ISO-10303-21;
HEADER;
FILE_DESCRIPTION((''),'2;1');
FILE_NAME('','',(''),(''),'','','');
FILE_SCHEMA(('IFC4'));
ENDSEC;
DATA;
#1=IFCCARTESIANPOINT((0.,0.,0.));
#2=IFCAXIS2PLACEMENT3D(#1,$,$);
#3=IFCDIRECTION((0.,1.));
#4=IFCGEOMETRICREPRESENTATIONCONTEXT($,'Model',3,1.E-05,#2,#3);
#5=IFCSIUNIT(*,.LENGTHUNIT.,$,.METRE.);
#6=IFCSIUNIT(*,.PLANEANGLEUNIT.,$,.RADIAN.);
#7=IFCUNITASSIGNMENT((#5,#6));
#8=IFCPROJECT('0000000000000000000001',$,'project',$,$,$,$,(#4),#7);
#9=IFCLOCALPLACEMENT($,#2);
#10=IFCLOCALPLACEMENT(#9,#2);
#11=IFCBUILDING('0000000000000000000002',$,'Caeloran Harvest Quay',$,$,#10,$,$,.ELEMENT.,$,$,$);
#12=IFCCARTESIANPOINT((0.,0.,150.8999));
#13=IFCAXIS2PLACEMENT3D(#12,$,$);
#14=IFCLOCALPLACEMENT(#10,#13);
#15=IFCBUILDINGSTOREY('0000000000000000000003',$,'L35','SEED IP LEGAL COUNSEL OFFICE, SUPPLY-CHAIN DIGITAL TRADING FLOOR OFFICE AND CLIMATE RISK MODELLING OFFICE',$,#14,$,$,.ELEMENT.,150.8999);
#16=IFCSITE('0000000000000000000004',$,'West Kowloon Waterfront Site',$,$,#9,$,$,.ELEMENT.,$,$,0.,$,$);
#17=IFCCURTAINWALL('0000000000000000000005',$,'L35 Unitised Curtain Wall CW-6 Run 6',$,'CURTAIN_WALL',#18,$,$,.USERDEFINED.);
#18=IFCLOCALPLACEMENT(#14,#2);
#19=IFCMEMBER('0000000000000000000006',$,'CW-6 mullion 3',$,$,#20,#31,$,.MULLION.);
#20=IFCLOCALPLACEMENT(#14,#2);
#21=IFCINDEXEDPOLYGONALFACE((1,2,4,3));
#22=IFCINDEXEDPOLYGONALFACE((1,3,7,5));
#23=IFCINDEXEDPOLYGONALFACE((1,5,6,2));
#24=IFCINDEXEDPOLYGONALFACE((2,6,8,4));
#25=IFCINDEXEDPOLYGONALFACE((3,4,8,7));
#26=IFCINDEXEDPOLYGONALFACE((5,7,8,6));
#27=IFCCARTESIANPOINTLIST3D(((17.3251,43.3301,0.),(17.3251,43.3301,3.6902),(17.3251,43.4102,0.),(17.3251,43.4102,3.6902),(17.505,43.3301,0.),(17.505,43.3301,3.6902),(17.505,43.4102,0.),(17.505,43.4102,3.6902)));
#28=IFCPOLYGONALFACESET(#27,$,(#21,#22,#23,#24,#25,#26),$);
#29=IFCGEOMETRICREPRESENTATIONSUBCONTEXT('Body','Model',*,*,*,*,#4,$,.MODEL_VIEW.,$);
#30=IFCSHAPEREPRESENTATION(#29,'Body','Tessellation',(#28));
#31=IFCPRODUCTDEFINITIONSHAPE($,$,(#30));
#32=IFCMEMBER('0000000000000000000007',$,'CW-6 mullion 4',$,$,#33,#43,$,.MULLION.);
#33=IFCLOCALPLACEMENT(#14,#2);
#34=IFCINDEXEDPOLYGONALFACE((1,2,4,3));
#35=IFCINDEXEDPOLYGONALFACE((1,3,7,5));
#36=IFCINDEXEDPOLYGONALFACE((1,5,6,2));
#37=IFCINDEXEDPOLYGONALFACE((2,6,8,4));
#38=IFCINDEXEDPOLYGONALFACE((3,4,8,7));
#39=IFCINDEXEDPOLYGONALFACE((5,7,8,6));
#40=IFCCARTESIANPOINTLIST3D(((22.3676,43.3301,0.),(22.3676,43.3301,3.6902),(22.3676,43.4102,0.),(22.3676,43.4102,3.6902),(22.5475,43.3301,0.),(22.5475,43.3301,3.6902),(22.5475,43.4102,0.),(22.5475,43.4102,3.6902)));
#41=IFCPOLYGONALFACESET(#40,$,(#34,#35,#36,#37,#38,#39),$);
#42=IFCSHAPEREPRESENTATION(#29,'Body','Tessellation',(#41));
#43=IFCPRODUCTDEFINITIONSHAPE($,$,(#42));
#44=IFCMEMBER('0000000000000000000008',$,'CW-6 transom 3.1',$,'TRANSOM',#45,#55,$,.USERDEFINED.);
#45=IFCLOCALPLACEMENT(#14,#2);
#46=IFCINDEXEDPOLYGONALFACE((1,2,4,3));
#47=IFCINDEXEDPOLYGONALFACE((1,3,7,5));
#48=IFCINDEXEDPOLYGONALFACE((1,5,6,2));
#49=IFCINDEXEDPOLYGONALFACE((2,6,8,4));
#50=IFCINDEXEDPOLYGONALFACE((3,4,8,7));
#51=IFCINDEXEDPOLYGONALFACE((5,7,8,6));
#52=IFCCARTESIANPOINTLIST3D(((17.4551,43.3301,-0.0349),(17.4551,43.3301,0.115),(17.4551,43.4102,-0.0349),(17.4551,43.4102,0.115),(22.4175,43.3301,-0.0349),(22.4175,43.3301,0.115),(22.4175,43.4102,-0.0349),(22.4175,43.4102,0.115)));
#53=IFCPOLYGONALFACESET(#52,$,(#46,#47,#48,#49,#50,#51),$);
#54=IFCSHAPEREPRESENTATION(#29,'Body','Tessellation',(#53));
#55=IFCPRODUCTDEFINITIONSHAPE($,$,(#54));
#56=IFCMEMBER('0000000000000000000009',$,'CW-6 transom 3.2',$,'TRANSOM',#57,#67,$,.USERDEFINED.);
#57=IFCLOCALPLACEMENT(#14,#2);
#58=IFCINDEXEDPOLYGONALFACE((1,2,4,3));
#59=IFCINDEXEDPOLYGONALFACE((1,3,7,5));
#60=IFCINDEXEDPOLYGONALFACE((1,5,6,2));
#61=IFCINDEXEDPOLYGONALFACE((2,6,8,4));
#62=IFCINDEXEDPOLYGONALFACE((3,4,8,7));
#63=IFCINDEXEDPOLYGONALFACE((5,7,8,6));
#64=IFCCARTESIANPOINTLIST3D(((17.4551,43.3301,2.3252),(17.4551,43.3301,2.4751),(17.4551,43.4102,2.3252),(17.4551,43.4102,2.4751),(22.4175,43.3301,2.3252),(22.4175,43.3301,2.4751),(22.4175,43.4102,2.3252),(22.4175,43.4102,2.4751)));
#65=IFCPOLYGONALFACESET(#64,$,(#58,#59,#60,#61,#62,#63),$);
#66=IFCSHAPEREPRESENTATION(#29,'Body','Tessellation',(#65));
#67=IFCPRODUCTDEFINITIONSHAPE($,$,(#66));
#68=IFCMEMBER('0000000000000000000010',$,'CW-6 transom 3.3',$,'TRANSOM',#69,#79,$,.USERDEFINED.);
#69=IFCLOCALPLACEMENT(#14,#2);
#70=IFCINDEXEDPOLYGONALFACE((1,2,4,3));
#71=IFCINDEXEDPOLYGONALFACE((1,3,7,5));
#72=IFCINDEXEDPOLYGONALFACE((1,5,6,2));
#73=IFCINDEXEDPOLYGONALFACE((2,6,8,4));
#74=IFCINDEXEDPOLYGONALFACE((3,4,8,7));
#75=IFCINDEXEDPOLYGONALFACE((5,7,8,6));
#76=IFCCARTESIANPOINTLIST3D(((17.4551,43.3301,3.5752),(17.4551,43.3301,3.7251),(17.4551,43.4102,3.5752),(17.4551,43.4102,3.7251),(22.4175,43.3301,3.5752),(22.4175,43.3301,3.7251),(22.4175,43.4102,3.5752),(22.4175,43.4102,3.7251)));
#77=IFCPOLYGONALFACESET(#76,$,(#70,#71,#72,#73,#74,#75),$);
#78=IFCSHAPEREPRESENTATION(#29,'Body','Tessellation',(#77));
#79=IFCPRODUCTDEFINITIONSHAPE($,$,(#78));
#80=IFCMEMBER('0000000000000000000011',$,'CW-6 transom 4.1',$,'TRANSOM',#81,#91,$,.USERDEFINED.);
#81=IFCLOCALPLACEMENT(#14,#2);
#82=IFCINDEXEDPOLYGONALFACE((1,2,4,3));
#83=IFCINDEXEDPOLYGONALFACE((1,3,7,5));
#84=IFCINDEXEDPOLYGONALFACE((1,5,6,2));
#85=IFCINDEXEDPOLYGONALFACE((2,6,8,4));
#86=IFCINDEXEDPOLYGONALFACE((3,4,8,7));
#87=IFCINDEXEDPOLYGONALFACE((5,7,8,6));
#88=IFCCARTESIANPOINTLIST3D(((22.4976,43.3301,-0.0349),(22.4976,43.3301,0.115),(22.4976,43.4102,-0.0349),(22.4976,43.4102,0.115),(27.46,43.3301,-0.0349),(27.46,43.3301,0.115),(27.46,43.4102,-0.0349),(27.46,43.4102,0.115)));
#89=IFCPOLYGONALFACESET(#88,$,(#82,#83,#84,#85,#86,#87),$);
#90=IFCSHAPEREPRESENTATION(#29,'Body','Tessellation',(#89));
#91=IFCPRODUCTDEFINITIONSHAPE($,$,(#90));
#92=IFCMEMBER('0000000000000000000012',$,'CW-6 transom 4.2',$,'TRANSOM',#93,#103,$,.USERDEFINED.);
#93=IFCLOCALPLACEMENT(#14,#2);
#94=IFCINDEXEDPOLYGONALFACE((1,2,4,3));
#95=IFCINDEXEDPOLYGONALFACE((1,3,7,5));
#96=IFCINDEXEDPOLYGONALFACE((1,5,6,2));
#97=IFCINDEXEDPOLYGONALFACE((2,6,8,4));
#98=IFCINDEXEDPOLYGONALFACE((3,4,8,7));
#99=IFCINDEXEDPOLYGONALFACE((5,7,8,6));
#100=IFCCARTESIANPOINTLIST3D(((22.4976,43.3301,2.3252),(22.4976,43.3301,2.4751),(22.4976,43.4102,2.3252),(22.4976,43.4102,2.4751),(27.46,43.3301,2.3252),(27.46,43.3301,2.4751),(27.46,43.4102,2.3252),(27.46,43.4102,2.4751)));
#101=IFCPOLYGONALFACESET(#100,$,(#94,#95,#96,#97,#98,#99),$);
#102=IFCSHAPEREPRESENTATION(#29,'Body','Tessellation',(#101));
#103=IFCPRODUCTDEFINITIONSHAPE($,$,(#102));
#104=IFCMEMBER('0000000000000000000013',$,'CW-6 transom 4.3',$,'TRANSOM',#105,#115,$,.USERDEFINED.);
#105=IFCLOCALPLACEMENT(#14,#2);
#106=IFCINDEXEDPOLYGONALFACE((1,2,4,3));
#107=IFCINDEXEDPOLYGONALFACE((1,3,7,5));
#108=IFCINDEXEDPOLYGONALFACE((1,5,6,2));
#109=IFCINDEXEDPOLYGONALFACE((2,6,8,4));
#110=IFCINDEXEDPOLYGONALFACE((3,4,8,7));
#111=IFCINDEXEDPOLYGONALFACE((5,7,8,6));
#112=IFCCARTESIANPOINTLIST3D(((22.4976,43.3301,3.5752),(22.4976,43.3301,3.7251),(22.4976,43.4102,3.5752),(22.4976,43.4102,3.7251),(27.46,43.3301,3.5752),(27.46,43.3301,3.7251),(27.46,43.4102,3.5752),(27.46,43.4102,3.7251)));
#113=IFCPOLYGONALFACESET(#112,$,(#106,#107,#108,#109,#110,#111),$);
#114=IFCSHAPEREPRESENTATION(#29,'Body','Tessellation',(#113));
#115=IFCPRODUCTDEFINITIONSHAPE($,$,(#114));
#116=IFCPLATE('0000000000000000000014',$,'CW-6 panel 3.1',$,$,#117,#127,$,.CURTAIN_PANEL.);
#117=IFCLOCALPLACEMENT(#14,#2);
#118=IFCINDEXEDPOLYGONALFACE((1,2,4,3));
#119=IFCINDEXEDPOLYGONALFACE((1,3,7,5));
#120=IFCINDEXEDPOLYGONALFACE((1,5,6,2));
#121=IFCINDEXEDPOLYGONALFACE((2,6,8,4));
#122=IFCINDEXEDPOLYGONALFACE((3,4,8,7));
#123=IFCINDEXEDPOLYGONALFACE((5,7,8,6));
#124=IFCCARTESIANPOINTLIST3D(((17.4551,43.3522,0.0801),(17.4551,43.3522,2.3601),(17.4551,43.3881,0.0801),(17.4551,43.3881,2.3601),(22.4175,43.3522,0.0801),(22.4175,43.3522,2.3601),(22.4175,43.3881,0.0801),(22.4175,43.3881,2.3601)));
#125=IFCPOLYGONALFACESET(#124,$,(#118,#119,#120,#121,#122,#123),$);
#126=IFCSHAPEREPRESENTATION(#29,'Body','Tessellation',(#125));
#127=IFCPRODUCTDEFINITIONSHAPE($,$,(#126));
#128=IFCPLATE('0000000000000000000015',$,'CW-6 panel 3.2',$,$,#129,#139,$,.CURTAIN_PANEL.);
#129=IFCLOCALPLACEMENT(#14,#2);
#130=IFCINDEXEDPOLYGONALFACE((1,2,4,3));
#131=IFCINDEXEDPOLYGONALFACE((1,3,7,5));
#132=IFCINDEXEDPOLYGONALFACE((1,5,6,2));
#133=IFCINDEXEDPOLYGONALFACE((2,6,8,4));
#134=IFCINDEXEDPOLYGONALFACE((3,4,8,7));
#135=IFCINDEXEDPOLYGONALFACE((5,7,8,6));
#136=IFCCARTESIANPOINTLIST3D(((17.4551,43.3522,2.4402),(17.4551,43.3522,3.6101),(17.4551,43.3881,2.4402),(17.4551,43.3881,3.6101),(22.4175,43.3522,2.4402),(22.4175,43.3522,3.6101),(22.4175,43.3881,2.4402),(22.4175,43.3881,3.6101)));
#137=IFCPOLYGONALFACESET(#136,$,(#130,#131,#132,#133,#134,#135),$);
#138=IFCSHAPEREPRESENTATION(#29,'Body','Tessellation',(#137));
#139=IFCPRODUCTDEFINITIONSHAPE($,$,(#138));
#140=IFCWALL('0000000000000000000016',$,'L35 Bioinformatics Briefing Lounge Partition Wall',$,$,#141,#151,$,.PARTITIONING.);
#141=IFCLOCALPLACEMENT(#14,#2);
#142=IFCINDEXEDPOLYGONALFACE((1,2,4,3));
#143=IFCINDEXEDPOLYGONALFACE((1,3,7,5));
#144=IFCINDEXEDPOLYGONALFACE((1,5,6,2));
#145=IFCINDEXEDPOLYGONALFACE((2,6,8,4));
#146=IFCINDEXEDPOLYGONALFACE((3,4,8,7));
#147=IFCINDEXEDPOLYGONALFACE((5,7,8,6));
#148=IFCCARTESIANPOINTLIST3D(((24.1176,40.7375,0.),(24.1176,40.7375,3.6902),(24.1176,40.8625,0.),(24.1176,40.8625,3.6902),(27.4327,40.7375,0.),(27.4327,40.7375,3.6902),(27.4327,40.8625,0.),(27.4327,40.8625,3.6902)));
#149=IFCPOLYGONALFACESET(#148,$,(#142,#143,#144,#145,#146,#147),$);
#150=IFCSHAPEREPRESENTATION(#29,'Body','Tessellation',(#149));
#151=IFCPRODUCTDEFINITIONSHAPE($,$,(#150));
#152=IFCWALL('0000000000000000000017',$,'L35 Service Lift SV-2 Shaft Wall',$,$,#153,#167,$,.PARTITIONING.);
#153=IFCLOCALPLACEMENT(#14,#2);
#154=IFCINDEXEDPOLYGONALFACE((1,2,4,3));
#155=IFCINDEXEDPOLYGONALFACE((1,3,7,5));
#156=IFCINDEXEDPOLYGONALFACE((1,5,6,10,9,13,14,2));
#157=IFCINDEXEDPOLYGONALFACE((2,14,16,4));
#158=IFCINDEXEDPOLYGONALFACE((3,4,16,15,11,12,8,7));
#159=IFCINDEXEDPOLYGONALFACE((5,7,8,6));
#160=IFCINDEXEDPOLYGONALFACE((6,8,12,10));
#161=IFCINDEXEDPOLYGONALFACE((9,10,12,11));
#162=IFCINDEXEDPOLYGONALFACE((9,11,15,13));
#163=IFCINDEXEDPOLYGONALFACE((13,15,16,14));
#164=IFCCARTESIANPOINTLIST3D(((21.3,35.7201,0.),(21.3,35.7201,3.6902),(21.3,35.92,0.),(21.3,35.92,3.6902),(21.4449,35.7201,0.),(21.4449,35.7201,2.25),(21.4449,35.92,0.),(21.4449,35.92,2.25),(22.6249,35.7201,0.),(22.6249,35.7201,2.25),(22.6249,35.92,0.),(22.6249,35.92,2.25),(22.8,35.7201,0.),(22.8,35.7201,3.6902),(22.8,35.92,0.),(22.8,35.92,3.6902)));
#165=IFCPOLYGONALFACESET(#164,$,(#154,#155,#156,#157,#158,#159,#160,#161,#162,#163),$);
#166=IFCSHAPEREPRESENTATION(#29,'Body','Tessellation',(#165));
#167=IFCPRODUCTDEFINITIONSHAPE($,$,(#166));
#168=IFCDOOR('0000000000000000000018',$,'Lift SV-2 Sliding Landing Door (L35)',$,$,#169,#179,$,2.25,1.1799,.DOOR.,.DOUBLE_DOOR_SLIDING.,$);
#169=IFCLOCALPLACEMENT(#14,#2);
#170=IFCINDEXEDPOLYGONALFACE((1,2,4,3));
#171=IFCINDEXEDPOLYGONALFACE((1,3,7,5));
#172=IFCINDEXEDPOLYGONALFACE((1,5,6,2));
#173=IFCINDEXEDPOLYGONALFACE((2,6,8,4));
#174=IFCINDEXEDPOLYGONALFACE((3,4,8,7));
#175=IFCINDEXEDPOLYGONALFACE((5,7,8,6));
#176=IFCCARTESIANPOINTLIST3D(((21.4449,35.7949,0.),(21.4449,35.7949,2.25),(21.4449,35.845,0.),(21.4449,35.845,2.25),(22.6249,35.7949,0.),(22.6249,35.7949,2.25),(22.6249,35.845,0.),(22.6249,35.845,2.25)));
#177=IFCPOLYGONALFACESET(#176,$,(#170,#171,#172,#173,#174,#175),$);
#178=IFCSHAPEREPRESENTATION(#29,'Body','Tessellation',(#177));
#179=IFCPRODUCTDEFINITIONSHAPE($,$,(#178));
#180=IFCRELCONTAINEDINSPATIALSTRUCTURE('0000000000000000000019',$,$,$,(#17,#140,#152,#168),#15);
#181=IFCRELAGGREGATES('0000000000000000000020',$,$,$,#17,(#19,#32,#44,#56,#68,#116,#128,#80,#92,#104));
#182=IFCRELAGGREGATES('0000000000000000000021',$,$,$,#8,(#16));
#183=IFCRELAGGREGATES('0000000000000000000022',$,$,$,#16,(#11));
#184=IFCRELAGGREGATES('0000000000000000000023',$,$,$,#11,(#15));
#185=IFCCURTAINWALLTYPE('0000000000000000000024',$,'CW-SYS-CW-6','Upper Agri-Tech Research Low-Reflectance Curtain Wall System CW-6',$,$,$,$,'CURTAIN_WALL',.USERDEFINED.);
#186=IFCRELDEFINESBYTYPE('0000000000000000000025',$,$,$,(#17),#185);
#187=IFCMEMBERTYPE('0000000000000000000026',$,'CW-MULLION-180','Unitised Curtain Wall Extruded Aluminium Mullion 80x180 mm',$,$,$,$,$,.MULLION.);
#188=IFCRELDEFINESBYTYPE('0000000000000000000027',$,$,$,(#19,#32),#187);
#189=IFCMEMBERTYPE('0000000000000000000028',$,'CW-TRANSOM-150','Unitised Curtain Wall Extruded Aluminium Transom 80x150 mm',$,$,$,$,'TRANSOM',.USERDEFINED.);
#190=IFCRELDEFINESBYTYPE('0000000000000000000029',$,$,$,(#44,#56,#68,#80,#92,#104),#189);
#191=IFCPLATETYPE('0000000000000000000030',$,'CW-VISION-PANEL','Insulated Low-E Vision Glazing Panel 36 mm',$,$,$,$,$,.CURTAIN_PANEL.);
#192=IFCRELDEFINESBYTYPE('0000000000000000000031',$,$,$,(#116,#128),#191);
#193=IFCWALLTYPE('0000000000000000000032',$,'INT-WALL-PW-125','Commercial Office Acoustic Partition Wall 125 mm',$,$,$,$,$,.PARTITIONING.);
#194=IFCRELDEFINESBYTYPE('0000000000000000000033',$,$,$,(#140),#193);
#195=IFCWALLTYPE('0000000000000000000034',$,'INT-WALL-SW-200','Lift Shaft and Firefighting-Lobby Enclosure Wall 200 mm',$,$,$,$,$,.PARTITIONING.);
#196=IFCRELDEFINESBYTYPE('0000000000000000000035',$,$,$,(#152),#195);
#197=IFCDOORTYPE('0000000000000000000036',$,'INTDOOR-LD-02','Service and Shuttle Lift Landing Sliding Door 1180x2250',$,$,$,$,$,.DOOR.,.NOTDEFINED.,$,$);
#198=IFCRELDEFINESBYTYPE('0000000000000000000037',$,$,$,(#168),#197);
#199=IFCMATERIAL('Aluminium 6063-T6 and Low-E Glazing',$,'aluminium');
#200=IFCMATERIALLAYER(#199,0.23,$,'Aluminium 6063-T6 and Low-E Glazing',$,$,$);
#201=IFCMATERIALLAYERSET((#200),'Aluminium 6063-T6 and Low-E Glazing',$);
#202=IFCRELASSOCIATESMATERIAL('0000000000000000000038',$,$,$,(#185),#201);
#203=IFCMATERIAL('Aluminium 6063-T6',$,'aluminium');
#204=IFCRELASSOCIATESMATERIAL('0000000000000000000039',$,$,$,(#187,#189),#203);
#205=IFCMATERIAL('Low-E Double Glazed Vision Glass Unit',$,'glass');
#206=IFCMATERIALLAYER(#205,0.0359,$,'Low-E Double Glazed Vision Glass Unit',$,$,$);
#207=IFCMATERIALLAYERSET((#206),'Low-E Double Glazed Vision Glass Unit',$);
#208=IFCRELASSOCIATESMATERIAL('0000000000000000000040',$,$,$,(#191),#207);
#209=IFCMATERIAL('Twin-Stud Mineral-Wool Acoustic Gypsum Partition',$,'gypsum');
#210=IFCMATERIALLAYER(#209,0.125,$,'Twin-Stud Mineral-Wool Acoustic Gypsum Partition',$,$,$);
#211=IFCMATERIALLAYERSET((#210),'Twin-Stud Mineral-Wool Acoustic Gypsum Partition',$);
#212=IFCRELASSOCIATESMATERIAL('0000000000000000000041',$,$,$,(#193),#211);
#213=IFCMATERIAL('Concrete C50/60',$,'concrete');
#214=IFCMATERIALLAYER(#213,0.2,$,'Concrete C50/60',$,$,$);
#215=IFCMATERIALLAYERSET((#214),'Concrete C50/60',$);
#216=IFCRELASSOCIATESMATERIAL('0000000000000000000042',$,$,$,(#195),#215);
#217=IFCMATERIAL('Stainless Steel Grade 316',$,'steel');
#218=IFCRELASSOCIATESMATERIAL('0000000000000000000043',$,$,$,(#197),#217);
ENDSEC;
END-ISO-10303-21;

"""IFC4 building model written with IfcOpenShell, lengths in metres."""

from ifc_helpers import new_model, si_unit, direction, frame, frame_2d, origin, origin_2d, place, context, subcontext, project, spatial, rectangle, extrude, material, layer, layer_set, material_profile, profile_set, type_object, element, fill, aggregate, save


model = new_model("IFC4")

# Units and contexts
model_context = context("Model", 3, precision=1e-05, world=origin(), true_north=direction((0.0, 1.0)))
body_context = subcontext(model_context, "Body", "Model", "MODEL_VIEW")
ifc_project = project(units=[si_unit("LENGTHUNIT", "METRE"), si_unit("PLANEANGLEUNIT", "RADIAN")], contexts=[model_context])

# Site, building, storey
site_placement = place(None, origin())
site = spatial("IfcSite", under=ifc_project, at=site_placement, Name="West Kowloon Waterfront Site", CompositionType="ELEMENT", RefElevation=0.0)
building_placement = place(site_placement, origin())
building = spatial("IfcBuilding", under=site, at=building_placement, Name="Caeloran Harvest Quay", CompositionType="ELEMENT")
storey_placement = place(building_placement, frame((0.0, 0.0, 150.8999)))
storey = spatial("IfcBuildingStorey", under=building, at=storey_placement, Name="L35", Description="SEED IP LEGAL COUNSEL OFFICE, SUPPLY-CHAIN DIGITAL TRADING FLOOR OFFICE AND CLIMATE RISK MODELLING OFFICE", CompositionType="ELEMENT", Elevation=150.8999)

# Curtain wall, members, plates
ifc_material_1 = material(Name="Aluminium 6063-T6 and Low-E Glazing", Category="aluminium")
ifc_layer_1 = layer(ifc_material_1, 0.23, Name="Aluminium 6063-T6 and Low-E Glazing")
ifc_layer_set_1 = layer_set([ifc_layer_1], Name="Aluminium 6063-T6 and Low-E Glazing")
curtain_wall_type = type_object("IfcCurtainWallType", Name="CW-SYS-CW-6", Description="Upper Agri-Tech Research Low-Reflectance Curtain Wall System CW-6", ElementType="CURTAIN_WALL", PredefinedType="USERDEFINED", material=ifc_layer_set_1)
curtain_wall_placement = place(storey_placement, origin())
curtain_wall = element("IfcCurtainWall", 1, at=curtain_wall_placement, inside=storey, type_object=curtain_wall_type, Name="L35 Unitised Curtain Wall CW-6 Run 6", ObjectType="CURTAIN_WALL", PredefinedType="USERDEFINED")
ifc_material_2 = material(Name="Aluminium 6063-T6", Category="aluminium")
ifc_material_profile_1 = material_profile(ifc_material_2, rectangle(XDim=0.0801, YDim=0.1799, at=origin_2d()), Name="CW-MULLION-180")
ifc_profile_set_1 = profile_set([ifc_material_profile_1], Name="Aluminium 6063-T6")
member_type_1 = type_object("IfcMemberType", Name="CW-MULLION-180", Description="Unitised Curtain Wall Extruded Aluminium Mullion 80x180 mm", PredefinedType="MULLION", material=ifc_profile_set_1)
member_1_placement = place(storey_placement, frame((17.415, 43.3701, 0.0), z_axis=(0.0, 0.0, 1.0), x_axis=(0.0, 1.0, 0.0)))
member_1 = element("IfcMember", 2, at=member_1_placement, type_object=member_type_1, Name="CW-6 mullion 3", PredefinedType="MULLION", context=body_context, shape_type="SweptSolid", body=[
    extrude(rectangle(XDim=0.0801, YDim=0.1799, at=origin_2d()), origin(), (0.0, 0.0, 1.0), 3.6902),
])
member_2_placement = place(storey_placement, frame((22.4575, 43.3701, 0.0), z_axis=(0.0, 0.0, 1.0), x_axis=(0.0, 1.0, 0.0)))
member_2 = element("IfcMember", 3, at=member_2_placement, type_object=member_type_1, Name="CW-6 mullion 4", PredefinedType="MULLION", context=body_context, shape_type="SweptSolid", body=[
    extrude(rectangle(XDim=0.0801, YDim=0.1799, at=origin_2d()), origin(), (0.0, 0.0, 1.0), 3.6902),
])
ifc_material_profile_2 = material_profile(ifc_material_2, rectangle(XDim=0.0801, YDim=0.1499, at=origin_2d()), Name="CW-TRANSOM-150")
ifc_profile_set_2 = profile_set([ifc_material_profile_2], Name="Aluminium 6063-T6")
member_type_2 = type_object("IfcMemberType", Name="CW-TRANSOM-150", Description="Unitised Curtain Wall Extruded Aluminium Transom 80x150 mm", ElementType="TRANSOM", PredefinedType="USERDEFINED", material=ifc_profile_set_2)
member_3_placement = place(storey_placement, frame((17.4551, 43.3701, 0.04), z_axis=(1.0, 0.0, 0.0), x_axis=(0.0, 1.0, 0.0)))
member_3 = element("IfcMember", 4, at=member_3_placement, type_object=member_type_2, Name="CW-6 transom 3.1", ObjectType="TRANSOM", PredefinedType="USERDEFINED", context=body_context, shape_type="SweptSolid", body=[
    extrude(rectangle(XDim=0.0801, YDim=0.1499, at=origin_2d()), origin(), (0.0, 0.0, 1.0), 4.9624),
])
member_4_placement = place(storey_placement, frame((17.4551, 43.3701, 2.4001), z_axis=(1.0, 0.0, 0.0), x_axis=(0.0, 1.0, 0.0)))
member_4 = element("IfcMember", 5, at=member_4_placement, type_object=member_type_2, Name="CW-6 transom 3.2", ObjectType="TRANSOM", PredefinedType="USERDEFINED", context=body_context, shape_type="SweptSolid", body=[
    extrude(rectangle(XDim=0.0801, YDim=0.1499, at=origin_2d()), origin(), (0.0, 0.0, 1.0), 4.9624),
])
member_5_placement = place(storey_placement, frame((17.4551, 43.3701, 3.6501), z_axis=(1.0, 0.0, 0.0), x_axis=(0.0, 1.0, 0.0)))
member_5 = element("IfcMember", 6, at=member_5_placement, type_object=member_type_2, Name="CW-6 transom 3.3", ObjectType="TRANSOM", PredefinedType="USERDEFINED", context=body_context, shape_type="SweptSolid", body=[
    extrude(rectangle(XDim=0.0801, YDim=0.1499, at=origin_2d()), origin(), (0.0, 0.0, 1.0), 4.9624),
])
member_6_placement = place(storey_placement, frame((22.4976, 43.3701, 0.04), z_axis=(1.0, 0.0, 0.0), x_axis=(0.0, 1.0, 0.0)))
member_6 = element("IfcMember", 7, at=member_6_placement, type_object=member_type_2, Name="CW-6 transom 4.1", ObjectType="TRANSOM", PredefinedType="USERDEFINED", context=body_context, shape_type="SweptSolid", body=[
    extrude(rectangle(XDim=0.0801, YDim=0.1499, at=origin_2d()), origin(), (0.0, 0.0, 1.0), 4.9624),
])
member_7_placement = place(storey_placement, frame((22.4976, 43.3701, 2.4001), z_axis=(1.0, 0.0, 0.0), x_axis=(0.0, 1.0, 0.0)))
member_7 = element("IfcMember", 8, at=member_7_placement, type_object=member_type_2, Name="CW-6 transom 4.2", ObjectType="TRANSOM", PredefinedType="USERDEFINED", context=body_context, shape_type="SweptSolid", body=[
    extrude(rectangle(XDim=0.0801, YDim=0.1499, at=origin_2d()), origin(), (0.0, 0.0, 1.0), 4.9624),
])
member_8_placement = place(storey_placement, frame((22.4976, 43.3701, 3.6501), z_axis=(1.0, 0.0, 0.0), x_axis=(0.0, 1.0, 0.0)))
member_8 = element("IfcMember", 9, at=member_8_placement, type_object=member_type_2, Name="CW-6 transom 4.3", ObjectType="TRANSOM", PredefinedType="USERDEFINED", context=body_context, shape_type="SweptSolid", body=[
    extrude(rectangle(XDim=0.0801, YDim=0.1499, at=origin_2d()), origin(), (0.0, 0.0, 1.0), 4.9624),
])
ifc_material_3 = material(Name="Low-E Double Glazed Vision Glass Unit", Category="glass")
ifc_layer_2 = layer(ifc_material_3, 0.0359, Name="Low-E Double Glazed Vision Glass Unit")
ifc_layer_set_2 = layer_set([ifc_layer_2], Name="Low-E Double Glazed Vision Glass Unit")
plate_type = type_object("IfcPlateType", Name="CW-VISION-PANEL", Description="Insulated Low-E Vision Glazing Panel 36 mm", PredefinedType="CURTAIN_PANEL", material=ifc_layer_set_2)
plate_1_placement = place(storey_placement, frame((19.9363, 43.3701, 0.0801), z_axis=(0.0, 0.0, 1.0), x_axis=(1.0, 0.0, 0.0)))
plate_1 = element("IfcPlate", 10, at=plate_1_placement, type_object=plate_type, Name="CW-6 panel 3.1", PredefinedType="CURTAIN_PANEL", context=body_context, shape_type="SweptSolid", body=[
    extrude(rectangle(XDim=4.9624, YDim=0.0359, at=origin_2d()), origin(), (0.0, 0.0, 1.0), 2.28),
])
plate_2_placement = place(storey_placement, frame((19.9363, 43.3701, 2.4402), z_axis=(0.0, 0.0, 1.0), x_axis=(1.0, 0.0, 0.0)))
plate_2 = element("IfcPlate", 11, at=plate_2_placement, type_object=plate_type, Name="CW-6 panel 3.2", PredefinedType="CURTAIN_PANEL", context=body_context, shape_type="SweptSolid", body=[
    extrude(rectangle(XDim=4.9624, YDim=0.0359, at=origin_2d()), origin(), (0.0, 0.0, 1.0), 1.1699),
])
aggregate(curtain_wall, [member_1, member_2, member_3, member_4, member_5, plate_1, plate_2, member_6, member_7, member_8])

# Wall
ifc_material_4 = material(Name="Twin-Stud Mineral-Wool Acoustic Gypsum Partition", Category="gypsum")
ifc_layer_3 = layer(ifc_material_4, 0.125, Name="Twin-Stud Mineral-Wool Acoustic Gypsum Partition")
ifc_layer_set_3 = layer_set([ifc_layer_3], Name="Twin-Stud Mineral-Wool Acoustic Gypsum Partition")
wall_type_1 = type_object("IfcWallType", Name="INT-WALL-PW-125", Description="Commercial Office Acoustic Partition Wall 125 mm", PredefinedType="PARTITIONING", material=ifc_layer_set_3)
wall_1_placement = place(storey_placement, frame((24.1174, 40.8, 0.0), z_axis=(0.0, 0.0, 1.0), x_axis=(1.0, 0.0, 0.0)))
element("IfcWall", 12, at=wall_1_placement, inside=storey, type_object=wall_type_1, Name="L35 Bioinformatics Briefing Lounge Partition Wall", PredefinedType="PARTITIONING", context=body_context, shape_type="SweptSolid", body=[
    extrude(rectangle(XDim=3.3152, YDim=0.125, at=frame_2d((1.6577, 0.0))), origin(), (0.0, 0.0, 1.0), 3.6902),
])

# Wall, opening, door
ifc_material_5 = material(Name="Concrete C50/60", Category="concrete")
ifc_layer_4 = layer(ifc_material_5, 0.2, Name="Concrete C50/60")
ifc_layer_set_4 = layer_set([ifc_layer_4], Name="Concrete C50/60")
wall_type_2 = type_object("IfcWallType", Name="INT-WALL-SW-200", Description="Lift Shaft and Firefighting-Lobby Enclosure Wall 200 mm", PredefinedType="PARTITIONING", material=ifc_layer_set_4)
wall_2_placement = place(storey_placement, frame((21.3, 35.8201, 0.0), z_axis=(0.0, 0.0, 1.0), x_axis=(1.0, 0.0, 0.0)))
wall_2 = element("IfcWall", 13, at=wall_2_placement, inside=storey, type_object=wall_type_2, Name="L35 Service Lift SV-2 Shaft Wall", PredefinedType="PARTITIONING", context=body_context, shape_type="SweptSolid", body=[
    extrude(rectangle(XDim=1.5, YDim=0.2, at=frame_2d((0.75, 0.0))), origin(), (0.0, 0.0, 1.0), 3.6902),
])
opening_placement = place(wall_2_placement, frame((0.145, 0.0, 0.0)))
opening = element("IfcOpeningElement", 14, at=opening_placement, cuts=wall_2, PredefinedType="OPENING", context=body_context, shape_type="SweptSolid", body=[
    extrude(rectangle(XDim=1.1799, YDim=2.25, at=frame_2d((0.5898, 1.125))), frame((0.0, 0.1099, 0.0), z_axis=(0.0, -1.0, 0.0), x_axis=(1.0, 0.0, 0.0)), (0.0, 0.0, 1.0), 0.22),
])
ifc_material_6 = material(Name="Stainless Steel Grade 316", Category="steel")
door_type = type_object("IfcDoorType", Name="INTDOOR-LD-02", Description="Service and Shuttle Lift Landing Sliding Door 1180x2250", OperationType="NOTDEFINED", PredefinedType="DOOR", material=ifc_material_6)
door_placement = place(opening_placement, origin())
door = element("IfcDoor", 15, at=door_placement, inside=storey, type_object=door_type, Name="Lift SV-2 Sliding Landing Door (L35)", OperationType="DOUBLE_DOOR_SLIDING", OverallHeight=2.25, OverallWidth=1.1799, PredefinedType="DOOR", context=body_context, shape_type="SweptSolid", body=[
    extrude(rectangle(XDim=1.1799, YDim=2.25, at=frame_2d((0.5898, 1.125))), frame((0.0, 0.0249, 0.0), z_axis=(0.0, -1.0, 0.0), x_axis=(1.0, 0.0, 0.0)), (0.0, 0.0, 1.0), 0.05),
])
fill(opening, door)

save(model, "model.ifc")
